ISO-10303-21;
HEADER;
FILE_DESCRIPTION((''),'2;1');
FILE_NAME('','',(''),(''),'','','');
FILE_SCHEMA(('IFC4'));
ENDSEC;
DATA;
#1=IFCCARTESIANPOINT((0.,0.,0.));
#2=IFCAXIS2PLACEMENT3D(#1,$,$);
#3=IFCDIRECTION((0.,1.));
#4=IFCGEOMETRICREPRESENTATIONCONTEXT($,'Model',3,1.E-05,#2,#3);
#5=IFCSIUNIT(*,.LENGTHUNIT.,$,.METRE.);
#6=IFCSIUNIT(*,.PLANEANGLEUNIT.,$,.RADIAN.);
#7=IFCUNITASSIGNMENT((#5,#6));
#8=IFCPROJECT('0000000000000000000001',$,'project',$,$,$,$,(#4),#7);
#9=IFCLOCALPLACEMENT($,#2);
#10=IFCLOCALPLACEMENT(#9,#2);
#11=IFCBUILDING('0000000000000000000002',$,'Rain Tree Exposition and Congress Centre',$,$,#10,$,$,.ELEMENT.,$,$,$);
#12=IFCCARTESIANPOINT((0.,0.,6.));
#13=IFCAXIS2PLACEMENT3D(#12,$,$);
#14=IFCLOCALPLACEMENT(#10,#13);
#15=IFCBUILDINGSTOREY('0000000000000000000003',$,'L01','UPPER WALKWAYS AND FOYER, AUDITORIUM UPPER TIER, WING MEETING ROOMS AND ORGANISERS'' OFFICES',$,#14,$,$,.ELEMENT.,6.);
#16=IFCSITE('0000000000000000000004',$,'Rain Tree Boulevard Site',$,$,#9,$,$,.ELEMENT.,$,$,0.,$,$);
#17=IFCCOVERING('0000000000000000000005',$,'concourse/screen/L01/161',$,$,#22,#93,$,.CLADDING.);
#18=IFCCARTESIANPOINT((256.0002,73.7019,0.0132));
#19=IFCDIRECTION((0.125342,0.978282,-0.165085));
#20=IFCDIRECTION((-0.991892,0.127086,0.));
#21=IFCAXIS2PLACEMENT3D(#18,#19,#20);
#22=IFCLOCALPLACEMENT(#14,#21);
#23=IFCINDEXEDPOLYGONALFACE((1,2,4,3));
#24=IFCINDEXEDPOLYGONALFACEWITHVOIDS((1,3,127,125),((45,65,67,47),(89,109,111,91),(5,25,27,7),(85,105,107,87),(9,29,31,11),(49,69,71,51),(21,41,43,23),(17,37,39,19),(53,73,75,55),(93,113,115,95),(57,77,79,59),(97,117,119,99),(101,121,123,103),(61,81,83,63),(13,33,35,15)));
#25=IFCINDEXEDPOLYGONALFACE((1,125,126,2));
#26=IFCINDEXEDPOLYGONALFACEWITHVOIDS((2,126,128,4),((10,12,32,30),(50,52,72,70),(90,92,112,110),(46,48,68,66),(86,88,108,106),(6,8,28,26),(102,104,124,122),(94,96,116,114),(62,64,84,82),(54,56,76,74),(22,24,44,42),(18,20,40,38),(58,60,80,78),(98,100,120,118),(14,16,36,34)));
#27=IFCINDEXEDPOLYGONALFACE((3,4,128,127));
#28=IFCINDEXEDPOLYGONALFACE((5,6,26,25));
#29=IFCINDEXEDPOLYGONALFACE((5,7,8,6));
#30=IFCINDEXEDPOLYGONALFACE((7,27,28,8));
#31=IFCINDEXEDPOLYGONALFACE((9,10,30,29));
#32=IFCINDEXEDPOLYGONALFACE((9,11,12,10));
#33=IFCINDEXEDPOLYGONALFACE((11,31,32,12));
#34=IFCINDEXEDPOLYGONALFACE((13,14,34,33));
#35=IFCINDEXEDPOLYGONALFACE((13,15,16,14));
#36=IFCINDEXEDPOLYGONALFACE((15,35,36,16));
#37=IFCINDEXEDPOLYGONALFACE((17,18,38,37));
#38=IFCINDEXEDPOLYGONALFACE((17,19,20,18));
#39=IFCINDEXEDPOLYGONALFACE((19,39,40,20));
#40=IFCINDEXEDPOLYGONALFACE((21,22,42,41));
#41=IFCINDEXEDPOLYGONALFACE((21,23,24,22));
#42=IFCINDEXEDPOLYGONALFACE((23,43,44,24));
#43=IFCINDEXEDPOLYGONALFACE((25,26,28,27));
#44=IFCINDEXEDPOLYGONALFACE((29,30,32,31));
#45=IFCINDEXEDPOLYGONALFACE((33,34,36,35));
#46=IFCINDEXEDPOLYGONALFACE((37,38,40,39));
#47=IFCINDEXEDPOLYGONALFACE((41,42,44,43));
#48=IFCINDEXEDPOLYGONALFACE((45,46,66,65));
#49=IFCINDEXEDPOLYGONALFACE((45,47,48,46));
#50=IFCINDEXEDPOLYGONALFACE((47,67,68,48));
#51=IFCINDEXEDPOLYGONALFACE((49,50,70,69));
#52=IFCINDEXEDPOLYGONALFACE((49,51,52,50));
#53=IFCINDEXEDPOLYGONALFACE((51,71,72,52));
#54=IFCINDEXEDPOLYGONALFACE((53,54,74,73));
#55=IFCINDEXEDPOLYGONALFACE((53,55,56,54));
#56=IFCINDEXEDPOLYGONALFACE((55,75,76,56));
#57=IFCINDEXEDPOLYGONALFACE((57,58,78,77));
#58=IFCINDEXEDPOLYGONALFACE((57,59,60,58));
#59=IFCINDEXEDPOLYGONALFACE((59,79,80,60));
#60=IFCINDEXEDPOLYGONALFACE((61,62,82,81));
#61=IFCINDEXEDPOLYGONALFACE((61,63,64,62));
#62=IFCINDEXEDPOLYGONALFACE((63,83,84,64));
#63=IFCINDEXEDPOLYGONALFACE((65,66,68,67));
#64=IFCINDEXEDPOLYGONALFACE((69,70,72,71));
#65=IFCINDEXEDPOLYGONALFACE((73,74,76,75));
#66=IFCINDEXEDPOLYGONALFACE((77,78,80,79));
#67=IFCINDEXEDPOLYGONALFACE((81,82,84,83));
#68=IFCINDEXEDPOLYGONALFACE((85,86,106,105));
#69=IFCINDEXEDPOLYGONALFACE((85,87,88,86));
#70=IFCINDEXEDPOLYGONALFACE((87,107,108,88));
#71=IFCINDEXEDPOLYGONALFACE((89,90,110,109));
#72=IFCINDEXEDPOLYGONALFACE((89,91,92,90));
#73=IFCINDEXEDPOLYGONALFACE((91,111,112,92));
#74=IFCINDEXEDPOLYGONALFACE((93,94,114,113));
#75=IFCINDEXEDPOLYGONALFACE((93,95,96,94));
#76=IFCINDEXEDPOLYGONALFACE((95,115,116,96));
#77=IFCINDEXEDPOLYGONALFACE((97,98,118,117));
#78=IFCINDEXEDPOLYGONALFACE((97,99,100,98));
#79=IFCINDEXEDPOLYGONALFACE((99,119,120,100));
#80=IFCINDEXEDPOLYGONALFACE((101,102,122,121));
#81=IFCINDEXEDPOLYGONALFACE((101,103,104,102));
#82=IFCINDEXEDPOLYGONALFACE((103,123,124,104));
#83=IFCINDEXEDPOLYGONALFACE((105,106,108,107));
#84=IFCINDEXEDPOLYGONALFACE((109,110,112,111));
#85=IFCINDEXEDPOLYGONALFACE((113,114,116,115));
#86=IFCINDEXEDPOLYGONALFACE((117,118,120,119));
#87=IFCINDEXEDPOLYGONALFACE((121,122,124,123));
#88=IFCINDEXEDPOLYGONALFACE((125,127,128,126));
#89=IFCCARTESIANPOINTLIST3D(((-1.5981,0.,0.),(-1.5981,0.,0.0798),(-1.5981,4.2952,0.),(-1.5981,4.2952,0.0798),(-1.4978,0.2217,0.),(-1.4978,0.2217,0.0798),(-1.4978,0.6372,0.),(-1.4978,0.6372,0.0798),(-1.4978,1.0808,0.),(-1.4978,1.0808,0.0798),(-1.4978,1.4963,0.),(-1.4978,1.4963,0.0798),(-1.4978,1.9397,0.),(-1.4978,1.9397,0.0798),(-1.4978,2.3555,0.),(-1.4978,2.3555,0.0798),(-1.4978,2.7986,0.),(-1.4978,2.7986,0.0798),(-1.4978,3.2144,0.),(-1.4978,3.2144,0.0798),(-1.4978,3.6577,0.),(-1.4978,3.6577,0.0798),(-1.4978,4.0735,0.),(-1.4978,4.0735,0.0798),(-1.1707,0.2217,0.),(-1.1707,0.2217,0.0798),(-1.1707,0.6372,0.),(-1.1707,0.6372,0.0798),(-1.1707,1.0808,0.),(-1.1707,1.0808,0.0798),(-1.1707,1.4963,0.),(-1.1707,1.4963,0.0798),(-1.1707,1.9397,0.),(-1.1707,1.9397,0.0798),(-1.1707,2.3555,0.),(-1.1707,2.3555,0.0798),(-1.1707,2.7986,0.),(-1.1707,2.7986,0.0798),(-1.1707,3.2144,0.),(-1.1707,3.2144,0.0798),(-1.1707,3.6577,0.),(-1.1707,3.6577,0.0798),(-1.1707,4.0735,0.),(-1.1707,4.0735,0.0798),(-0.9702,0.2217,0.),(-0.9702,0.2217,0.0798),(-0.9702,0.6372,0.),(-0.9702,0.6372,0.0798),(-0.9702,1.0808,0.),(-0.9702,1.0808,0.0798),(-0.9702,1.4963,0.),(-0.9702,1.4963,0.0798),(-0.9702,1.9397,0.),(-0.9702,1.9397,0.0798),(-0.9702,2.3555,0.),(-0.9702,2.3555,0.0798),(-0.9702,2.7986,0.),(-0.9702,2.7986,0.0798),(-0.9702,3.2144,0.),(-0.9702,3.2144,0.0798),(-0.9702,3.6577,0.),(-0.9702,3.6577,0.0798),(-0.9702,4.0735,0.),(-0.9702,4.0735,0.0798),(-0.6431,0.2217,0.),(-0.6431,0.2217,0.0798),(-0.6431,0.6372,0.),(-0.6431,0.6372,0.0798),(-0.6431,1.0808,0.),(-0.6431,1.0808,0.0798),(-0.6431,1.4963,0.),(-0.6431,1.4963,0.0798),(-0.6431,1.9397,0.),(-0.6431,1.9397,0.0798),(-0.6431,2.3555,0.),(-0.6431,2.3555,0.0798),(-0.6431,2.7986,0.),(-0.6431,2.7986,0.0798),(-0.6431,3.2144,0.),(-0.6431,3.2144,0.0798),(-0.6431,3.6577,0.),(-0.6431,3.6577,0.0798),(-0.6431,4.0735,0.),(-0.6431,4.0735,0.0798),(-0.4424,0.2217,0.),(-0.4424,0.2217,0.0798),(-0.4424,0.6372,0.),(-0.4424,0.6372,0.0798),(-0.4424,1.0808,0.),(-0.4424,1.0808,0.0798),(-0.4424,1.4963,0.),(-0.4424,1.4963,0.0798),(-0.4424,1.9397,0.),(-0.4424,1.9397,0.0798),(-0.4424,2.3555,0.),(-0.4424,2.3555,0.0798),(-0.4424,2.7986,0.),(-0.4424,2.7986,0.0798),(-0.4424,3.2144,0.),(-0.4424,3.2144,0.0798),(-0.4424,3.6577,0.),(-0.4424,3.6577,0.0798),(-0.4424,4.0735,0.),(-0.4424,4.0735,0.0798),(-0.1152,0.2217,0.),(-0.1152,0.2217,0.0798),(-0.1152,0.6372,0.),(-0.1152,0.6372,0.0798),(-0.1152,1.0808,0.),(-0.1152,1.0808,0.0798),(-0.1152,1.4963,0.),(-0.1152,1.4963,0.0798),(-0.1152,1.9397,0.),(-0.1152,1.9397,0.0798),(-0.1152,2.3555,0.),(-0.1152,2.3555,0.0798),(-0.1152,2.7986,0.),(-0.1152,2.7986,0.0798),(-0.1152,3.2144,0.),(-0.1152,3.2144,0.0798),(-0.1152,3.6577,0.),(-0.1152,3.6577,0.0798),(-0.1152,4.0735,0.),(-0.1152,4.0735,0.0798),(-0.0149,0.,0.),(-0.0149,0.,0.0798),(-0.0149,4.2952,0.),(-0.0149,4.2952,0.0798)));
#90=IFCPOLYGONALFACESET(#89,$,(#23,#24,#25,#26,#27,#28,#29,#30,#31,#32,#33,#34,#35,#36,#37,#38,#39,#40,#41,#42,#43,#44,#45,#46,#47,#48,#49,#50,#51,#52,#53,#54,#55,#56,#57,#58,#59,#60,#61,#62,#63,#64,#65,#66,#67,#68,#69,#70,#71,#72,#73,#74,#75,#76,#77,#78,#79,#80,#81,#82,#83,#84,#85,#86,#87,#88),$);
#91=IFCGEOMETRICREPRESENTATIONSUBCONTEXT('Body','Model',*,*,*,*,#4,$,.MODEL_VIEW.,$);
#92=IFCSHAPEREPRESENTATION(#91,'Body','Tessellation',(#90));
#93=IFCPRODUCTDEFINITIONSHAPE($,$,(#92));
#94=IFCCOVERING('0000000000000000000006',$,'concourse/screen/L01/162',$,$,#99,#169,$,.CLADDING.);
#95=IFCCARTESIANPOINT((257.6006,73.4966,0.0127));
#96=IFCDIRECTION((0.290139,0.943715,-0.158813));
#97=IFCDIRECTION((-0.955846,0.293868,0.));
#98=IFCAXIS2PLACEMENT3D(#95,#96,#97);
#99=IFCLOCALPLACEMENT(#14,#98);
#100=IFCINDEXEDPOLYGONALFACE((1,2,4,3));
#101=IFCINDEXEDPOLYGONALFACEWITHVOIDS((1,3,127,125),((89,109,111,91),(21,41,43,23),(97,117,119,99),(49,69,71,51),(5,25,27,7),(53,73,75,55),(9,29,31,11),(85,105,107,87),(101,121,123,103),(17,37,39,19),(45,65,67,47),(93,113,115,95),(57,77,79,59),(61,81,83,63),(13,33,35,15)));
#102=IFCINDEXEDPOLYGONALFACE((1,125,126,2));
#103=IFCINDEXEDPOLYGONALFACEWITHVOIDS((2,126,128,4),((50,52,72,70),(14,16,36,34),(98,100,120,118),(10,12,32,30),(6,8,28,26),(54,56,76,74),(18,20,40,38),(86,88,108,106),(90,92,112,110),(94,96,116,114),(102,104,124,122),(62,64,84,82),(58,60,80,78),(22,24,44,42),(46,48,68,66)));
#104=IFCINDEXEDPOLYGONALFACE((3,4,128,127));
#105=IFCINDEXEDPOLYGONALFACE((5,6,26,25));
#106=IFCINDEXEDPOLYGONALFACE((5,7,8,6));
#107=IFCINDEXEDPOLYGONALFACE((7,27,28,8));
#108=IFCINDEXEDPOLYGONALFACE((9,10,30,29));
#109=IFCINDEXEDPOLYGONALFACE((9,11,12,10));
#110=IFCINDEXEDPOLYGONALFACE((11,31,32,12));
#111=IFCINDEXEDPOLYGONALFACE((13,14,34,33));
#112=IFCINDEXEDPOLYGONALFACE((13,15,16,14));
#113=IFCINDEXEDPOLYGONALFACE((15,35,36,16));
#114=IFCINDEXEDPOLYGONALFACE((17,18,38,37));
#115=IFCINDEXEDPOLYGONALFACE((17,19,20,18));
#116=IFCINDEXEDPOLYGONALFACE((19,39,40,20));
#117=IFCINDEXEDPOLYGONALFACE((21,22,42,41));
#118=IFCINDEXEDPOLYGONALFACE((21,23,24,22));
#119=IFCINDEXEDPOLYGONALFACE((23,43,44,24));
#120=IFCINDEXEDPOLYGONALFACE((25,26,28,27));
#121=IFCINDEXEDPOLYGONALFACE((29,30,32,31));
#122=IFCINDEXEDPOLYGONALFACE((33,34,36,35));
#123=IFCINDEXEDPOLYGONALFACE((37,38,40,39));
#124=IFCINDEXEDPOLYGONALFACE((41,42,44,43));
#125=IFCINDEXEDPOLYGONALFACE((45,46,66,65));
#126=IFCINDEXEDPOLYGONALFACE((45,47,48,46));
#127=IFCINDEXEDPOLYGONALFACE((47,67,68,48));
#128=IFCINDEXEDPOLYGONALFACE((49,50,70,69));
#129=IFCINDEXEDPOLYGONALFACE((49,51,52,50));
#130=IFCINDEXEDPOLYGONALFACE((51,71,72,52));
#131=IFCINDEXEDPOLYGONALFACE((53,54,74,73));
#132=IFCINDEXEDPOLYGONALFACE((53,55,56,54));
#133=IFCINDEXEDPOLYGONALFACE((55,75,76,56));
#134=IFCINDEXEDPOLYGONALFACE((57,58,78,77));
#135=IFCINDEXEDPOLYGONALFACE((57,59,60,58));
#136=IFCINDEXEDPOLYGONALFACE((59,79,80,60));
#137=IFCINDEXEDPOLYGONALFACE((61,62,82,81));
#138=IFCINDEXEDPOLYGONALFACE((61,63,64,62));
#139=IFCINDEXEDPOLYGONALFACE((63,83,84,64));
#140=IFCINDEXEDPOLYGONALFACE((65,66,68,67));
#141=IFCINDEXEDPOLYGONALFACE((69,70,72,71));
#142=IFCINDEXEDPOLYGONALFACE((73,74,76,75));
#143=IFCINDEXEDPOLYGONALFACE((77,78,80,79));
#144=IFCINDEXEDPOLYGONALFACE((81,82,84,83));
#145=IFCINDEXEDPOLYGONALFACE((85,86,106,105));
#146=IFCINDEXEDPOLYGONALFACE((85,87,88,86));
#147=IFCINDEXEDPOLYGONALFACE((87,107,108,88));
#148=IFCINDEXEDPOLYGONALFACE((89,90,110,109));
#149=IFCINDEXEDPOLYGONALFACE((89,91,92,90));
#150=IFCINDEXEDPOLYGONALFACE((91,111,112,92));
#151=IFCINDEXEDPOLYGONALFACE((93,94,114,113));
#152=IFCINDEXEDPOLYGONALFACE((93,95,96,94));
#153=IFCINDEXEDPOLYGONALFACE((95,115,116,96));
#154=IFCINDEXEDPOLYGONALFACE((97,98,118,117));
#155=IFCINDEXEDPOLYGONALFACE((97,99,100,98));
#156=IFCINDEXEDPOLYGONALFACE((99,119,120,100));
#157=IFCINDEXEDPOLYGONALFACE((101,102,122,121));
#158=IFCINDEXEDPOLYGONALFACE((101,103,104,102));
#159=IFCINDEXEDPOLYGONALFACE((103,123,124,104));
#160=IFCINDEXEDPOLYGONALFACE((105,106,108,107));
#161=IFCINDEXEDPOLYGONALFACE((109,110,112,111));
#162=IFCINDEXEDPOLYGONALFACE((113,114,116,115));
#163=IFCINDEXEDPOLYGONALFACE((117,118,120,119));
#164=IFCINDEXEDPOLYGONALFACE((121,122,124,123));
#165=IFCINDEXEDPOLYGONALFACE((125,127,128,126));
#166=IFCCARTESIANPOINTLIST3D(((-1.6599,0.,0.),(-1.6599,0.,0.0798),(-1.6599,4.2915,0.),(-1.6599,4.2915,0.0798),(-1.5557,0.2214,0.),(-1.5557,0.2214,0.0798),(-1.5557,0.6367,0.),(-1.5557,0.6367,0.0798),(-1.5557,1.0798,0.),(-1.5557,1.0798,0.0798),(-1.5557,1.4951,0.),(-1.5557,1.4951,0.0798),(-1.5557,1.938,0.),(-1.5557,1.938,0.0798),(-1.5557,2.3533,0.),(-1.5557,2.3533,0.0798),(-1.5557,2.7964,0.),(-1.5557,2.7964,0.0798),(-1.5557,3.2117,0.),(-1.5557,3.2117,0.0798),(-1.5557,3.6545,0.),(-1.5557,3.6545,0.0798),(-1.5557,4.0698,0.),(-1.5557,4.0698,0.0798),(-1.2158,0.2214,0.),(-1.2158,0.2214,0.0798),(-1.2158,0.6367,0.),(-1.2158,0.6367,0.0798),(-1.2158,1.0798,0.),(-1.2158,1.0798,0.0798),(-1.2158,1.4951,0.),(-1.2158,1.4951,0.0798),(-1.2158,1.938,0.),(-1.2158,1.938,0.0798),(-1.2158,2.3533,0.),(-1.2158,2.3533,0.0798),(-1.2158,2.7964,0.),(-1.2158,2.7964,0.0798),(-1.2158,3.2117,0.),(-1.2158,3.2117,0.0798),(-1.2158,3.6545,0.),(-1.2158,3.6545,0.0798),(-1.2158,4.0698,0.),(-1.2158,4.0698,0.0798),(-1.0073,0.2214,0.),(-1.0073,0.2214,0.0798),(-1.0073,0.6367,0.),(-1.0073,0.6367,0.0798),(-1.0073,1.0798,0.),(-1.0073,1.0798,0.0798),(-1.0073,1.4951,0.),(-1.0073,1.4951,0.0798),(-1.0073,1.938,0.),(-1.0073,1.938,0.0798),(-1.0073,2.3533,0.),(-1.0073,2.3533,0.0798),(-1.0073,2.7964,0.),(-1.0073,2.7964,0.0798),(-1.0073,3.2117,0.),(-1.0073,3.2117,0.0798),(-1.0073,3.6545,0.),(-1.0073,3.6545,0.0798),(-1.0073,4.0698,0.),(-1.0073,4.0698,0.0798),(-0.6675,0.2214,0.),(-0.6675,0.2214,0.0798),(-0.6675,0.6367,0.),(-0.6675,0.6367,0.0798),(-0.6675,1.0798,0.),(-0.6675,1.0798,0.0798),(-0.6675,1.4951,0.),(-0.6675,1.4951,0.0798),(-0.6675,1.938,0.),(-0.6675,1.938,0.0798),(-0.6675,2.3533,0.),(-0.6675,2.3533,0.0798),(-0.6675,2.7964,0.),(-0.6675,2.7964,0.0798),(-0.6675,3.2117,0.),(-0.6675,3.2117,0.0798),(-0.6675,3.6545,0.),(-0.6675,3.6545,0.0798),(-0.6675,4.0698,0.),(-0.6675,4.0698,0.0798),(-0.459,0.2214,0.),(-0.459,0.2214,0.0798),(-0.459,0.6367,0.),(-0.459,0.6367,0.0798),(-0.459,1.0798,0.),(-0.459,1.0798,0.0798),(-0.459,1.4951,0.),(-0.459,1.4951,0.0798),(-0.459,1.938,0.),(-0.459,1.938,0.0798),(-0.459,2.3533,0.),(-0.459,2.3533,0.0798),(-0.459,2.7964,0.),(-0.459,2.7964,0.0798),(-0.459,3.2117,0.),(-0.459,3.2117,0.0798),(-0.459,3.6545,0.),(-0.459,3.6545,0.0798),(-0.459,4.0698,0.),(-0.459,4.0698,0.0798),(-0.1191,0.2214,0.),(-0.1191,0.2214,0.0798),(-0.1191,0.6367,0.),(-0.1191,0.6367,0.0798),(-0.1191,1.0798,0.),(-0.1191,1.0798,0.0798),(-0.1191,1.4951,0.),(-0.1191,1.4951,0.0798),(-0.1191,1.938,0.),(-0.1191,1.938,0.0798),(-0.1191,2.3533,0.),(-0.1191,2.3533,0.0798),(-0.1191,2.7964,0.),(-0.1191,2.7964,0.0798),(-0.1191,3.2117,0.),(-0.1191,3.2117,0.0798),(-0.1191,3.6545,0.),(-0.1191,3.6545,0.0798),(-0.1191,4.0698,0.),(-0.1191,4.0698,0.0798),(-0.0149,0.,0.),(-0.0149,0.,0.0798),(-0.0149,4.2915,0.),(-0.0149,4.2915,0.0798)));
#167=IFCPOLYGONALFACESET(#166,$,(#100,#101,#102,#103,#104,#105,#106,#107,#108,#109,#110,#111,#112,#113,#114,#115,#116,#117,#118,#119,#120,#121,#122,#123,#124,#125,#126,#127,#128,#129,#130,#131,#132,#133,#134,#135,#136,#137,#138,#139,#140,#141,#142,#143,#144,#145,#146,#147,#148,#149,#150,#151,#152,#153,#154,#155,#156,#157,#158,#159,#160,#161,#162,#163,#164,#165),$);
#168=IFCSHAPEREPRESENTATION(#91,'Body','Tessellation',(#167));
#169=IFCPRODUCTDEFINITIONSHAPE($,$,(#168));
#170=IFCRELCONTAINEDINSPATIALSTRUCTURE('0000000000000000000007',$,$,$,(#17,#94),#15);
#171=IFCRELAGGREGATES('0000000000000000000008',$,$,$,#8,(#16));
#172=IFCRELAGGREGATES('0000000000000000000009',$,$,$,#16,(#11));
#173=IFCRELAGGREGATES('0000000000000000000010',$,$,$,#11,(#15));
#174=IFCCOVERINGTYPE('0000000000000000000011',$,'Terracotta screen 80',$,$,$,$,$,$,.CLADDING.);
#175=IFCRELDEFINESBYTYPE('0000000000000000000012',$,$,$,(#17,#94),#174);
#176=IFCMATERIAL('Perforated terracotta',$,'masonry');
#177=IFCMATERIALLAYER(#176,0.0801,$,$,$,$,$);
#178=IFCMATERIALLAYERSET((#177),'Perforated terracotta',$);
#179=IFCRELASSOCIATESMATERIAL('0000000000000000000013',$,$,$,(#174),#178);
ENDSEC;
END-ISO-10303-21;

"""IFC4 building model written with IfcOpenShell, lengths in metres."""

from ifc_helpers import new_model, si_unit, direction, frame, origin, place, context, subcontext, project, spatial, polyline, outline, extrude, material, layer, layer_set, type_object, element, save


model = new_model("IFC4")

# Units and contexts
model_context = context("Model", 3, precision=1e-05, world=origin(), true_north=direction((0.0, 1.0)))
body_context = subcontext(model_context, "Body", "Model", "MODEL_VIEW")
ifc_project = project(units=[si_unit("LENGTHUNIT", "METRE"), si_unit("PLANEANGLEUNIT", "RADIAN")], contexts=[model_context])

# Site, building, storey
site_placement = place(None, origin())
site = spatial("IfcSite", under=ifc_project, at=site_placement, Name="Rain Tree Boulevard Site", CompositionType="ELEMENT", RefElevation=0.0)
building_placement = place(site_placement, origin())
building = spatial("IfcBuilding", under=site, at=building_placement, Name="Rain Tree Exposition and Congress Centre", CompositionType="ELEMENT")
storey_placement = place(building_placement, frame((0.0, 0.0, 6.0)))
storey = spatial("IfcBuildingStorey", under=building, at=storey_placement, Name="L01", Description="UPPER WALKWAYS AND FOYER, AUDITORIUM UPPER TIER, WING MEETING ROOMS AND ORGANISERS' OFFICES", CompositionType="ELEMENT", Elevation=6.0)

# Coverings
ifc_material_1 = material(Name="Perforated terracotta", Category="masonry")
ifc_layer = layer(ifc_material_1, 0.0801)
ifc_layer_set = layer_set([ifc_layer], Name="Perforated terracotta")
covering_type = type_object("IfcCoveringType", Name="Terracotta screen 80", PredefinedType="CLADDING", material=ifc_layer_set)
covering_1_placement = place(storey_placement, frame((256.0002, 73.7019, 0.0132), z_axis=(0.125342, 0.978282, -0.165085), x_axis=(-0.991892, 0.127086, 0.0)))
element("IfcCovering", 1, at=covering_1_placement, inside=storey, type_object=covering_type, Name="concourse/screen/L01/161", PredefinedType="CLADDING", context=body_context, shape_type="SweptSolid", body=[
    extrude(outline(polyline([(-1.5981, 0.0), (-1.5981, 4.2952), (-0.0149, 4.2952), (-0.0149, 0.0), (-1.5981, 0.0)]), holes=[polyline([(-0.1152, 0.2217), (-0.1152, 0.6372), (-0.4424, 0.6372), (-0.4424, 0.2217), (-0.1152, 0.2217)]), polyline([(-0.1152, 1.0808), (-0.1152, 1.4963), (-0.4424, 1.4963), (-0.4424, 1.0808), (-0.1152, 1.0808)]), polyline([(-0.1152, 1.9397), (-0.1152, 2.3555), (-0.4424, 2.3555), (-0.4424, 1.9397), (-0.1152, 1.9397)]), polyline([(-0.1152, 2.7986), (-0.1152, 3.2144), (-0.4424, 3.2144), (-0.4424, 2.7986), (-0.1152, 2.7986)]), polyline([(-0.1152, 3.6577), (-0.1152, 4.0735), (-0.4424, 4.0735), (-0.4424, 3.6577), (-0.1152, 3.6577)]), polyline([(-0.6431, 0.2217), (-0.6431, 0.6372), (-0.9702, 0.6372), (-0.9702, 0.2217), (-0.6431, 0.2217)]), polyline([(-0.6431, 1.0808), (-0.6431, 1.4963), (-0.9702, 1.4963), (-0.9702, 1.0808), (-0.6431, 1.0808)]), polyline([(-0.6431, 1.9397), (-0.6431, 2.3555), (-0.9702, 2.3555), (-0.9702, 1.9397), (-0.6431, 1.9397)]), polyline([(-0.6431, 2.7986), (-0.6431, 3.2144), (-0.9702, 3.2144), (-0.9702, 2.7986), (-0.6431, 2.7986)]), polyline([(-0.6431, 3.6577), (-0.6431, 4.0735), (-0.9702, 4.0735), (-0.9702, 3.6577), (-0.6431, 3.6577)]), polyline([(-1.1707, 0.2217), (-1.1707, 0.6372), (-1.4978, 0.6372), (-1.4978, 0.2217), (-1.1707, 0.2217)]), polyline([(-1.1707, 1.0808), (-1.1707, 1.4963), (-1.4978, 1.4963), (-1.4978, 1.0808), (-1.1707, 1.0808)]), polyline([(-1.1707, 1.9397), (-1.1707, 2.3555), (-1.4978, 2.3555), (-1.4978, 1.9397), (-1.1707, 1.9397)]), polyline([(-1.1707, 2.7986), (-1.1707, 3.2144), (-1.4978, 3.2144), (-1.4978, 2.7986), (-1.1707, 2.7986)]), polyline([(-1.1707, 3.6577), (-1.1707, 4.0735), (-1.4978, 4.0735), (-1.4978, 3.6577), (-1.1707, 3.6577)])]), origin(), (0.0, 0.0, 1.0), 0.0798),
])
covering_2_placement = place(storey_placement, frame((257.6006, 73.4966, 0.0127), z_axis=(0.290139, 0.943715, -0.158813), x_axis=(-0.955846, 0.293868, 0.0)))
element("IfcCovering", 2, at=covering_2_placement, inside=storey, type_object=covering_type, Name="concourse/screen/L01/162", PredefinedType="CLADDING", context=body_context, shape_type="SweptSolid", body=[
    extrude(outline(polyline([(-1.6599, 0.0), (-1.6599, 4.2915), (-0.0149, 4.2915), (-0.0149, 0.0), (-1.6599, 0.0)]), holes=[polyline([(-0.1191, 0.2214), (-0.1191, 0.6367), (-0.459, 0.6367), (-0.459, 0.2214), (-0.1191, 0.2214)]), polyline([(-0.1191, 1.0798), (-0.1191, 1.4951), (-0.459, 1.4951), (-0.459, 1.0798), (-0.1191, 1.0798)]), polyline([(-0.1191, 1.938), (-0.1191, 2.3533), (-0.459, 2.3533), (-0.459, 1.938), (-0.1191, 1.938)]), polyline([(-0.1191, 2.7964), (-0.1191, 3.2117), (-0.459, 3.2117), (-0.459, 2.7964), (-0.1191, 2.7964)]), polyline([(-0.1191, 3.6545), (-0.1191, 4.0698), (-0.459, 4.0698), (-0.459, 3.6545), (-0.1191, 3.6545)]), polyline([(-0.6675, 0.2214), (-0.6675, 0.6367), (-1.0073, 0.6367), (-1.0073, 0.2214), (-0.6675, 0.2214)]), polyline([(-0.6675, 1.0798), (-0.6675, 1.4951), (-1.0073, 1.4951), (-1.0073, 1.0798), (-0.6675, 1.0798)]), polyline([(-0.6675, 1.938), (-0.6675, 2.3533), (-1.0073, 2.3533), (-1.0073, 1.938), (-0.6675, 1.938)]), polyline([(-0.6675, 2.7964), (-0.6675, 3.2117), (-1.0073, 3.2117), (-1.0073, 2.7964), (-0.6675, 2.7964)]), polyline([(-0.6675, 3.6545), (-0.6675, 4.0698), (-1.0073, 4.0698), (-1.0073, 3.6545), (-0.6675, 3.6545)]), polyline([(-1.2158, 0.2214), (-1.2158, 0.6367), (-1.5557, 0.6367), (-1.5557, 0.2214), (-1.2158, 0.2214)]), polyline([(-1.2158, 1.0798), (-1.2158, 1.4951), (-1.5557, 1.4951), (-1.5557, 1.0798), (-1.2158, 1.0798)]), polyline([(-1.2158, 1.938), (-1.2158, 2.3533), (-1.5557, 2.3533), (-1.5557, 1.938), (-1.2158, 1.938)]), polyline([(-1.2158, 2.7964), (-1.2158, 3.2117), (-1.5557, 3.2117), (-1.5557, 2.7964), (-1.2158, 2.7964)]), polyline([(-1.2158, 3.6545), (-1.2158, 4.0698), (-1.5557, 4.0698), (-1.5557, 3.6545), (-1.2158, 3.6545)])]), origin(), (0.0, 0.0, 1.0), 0.0798),
])

save(model, "model.ifc")
